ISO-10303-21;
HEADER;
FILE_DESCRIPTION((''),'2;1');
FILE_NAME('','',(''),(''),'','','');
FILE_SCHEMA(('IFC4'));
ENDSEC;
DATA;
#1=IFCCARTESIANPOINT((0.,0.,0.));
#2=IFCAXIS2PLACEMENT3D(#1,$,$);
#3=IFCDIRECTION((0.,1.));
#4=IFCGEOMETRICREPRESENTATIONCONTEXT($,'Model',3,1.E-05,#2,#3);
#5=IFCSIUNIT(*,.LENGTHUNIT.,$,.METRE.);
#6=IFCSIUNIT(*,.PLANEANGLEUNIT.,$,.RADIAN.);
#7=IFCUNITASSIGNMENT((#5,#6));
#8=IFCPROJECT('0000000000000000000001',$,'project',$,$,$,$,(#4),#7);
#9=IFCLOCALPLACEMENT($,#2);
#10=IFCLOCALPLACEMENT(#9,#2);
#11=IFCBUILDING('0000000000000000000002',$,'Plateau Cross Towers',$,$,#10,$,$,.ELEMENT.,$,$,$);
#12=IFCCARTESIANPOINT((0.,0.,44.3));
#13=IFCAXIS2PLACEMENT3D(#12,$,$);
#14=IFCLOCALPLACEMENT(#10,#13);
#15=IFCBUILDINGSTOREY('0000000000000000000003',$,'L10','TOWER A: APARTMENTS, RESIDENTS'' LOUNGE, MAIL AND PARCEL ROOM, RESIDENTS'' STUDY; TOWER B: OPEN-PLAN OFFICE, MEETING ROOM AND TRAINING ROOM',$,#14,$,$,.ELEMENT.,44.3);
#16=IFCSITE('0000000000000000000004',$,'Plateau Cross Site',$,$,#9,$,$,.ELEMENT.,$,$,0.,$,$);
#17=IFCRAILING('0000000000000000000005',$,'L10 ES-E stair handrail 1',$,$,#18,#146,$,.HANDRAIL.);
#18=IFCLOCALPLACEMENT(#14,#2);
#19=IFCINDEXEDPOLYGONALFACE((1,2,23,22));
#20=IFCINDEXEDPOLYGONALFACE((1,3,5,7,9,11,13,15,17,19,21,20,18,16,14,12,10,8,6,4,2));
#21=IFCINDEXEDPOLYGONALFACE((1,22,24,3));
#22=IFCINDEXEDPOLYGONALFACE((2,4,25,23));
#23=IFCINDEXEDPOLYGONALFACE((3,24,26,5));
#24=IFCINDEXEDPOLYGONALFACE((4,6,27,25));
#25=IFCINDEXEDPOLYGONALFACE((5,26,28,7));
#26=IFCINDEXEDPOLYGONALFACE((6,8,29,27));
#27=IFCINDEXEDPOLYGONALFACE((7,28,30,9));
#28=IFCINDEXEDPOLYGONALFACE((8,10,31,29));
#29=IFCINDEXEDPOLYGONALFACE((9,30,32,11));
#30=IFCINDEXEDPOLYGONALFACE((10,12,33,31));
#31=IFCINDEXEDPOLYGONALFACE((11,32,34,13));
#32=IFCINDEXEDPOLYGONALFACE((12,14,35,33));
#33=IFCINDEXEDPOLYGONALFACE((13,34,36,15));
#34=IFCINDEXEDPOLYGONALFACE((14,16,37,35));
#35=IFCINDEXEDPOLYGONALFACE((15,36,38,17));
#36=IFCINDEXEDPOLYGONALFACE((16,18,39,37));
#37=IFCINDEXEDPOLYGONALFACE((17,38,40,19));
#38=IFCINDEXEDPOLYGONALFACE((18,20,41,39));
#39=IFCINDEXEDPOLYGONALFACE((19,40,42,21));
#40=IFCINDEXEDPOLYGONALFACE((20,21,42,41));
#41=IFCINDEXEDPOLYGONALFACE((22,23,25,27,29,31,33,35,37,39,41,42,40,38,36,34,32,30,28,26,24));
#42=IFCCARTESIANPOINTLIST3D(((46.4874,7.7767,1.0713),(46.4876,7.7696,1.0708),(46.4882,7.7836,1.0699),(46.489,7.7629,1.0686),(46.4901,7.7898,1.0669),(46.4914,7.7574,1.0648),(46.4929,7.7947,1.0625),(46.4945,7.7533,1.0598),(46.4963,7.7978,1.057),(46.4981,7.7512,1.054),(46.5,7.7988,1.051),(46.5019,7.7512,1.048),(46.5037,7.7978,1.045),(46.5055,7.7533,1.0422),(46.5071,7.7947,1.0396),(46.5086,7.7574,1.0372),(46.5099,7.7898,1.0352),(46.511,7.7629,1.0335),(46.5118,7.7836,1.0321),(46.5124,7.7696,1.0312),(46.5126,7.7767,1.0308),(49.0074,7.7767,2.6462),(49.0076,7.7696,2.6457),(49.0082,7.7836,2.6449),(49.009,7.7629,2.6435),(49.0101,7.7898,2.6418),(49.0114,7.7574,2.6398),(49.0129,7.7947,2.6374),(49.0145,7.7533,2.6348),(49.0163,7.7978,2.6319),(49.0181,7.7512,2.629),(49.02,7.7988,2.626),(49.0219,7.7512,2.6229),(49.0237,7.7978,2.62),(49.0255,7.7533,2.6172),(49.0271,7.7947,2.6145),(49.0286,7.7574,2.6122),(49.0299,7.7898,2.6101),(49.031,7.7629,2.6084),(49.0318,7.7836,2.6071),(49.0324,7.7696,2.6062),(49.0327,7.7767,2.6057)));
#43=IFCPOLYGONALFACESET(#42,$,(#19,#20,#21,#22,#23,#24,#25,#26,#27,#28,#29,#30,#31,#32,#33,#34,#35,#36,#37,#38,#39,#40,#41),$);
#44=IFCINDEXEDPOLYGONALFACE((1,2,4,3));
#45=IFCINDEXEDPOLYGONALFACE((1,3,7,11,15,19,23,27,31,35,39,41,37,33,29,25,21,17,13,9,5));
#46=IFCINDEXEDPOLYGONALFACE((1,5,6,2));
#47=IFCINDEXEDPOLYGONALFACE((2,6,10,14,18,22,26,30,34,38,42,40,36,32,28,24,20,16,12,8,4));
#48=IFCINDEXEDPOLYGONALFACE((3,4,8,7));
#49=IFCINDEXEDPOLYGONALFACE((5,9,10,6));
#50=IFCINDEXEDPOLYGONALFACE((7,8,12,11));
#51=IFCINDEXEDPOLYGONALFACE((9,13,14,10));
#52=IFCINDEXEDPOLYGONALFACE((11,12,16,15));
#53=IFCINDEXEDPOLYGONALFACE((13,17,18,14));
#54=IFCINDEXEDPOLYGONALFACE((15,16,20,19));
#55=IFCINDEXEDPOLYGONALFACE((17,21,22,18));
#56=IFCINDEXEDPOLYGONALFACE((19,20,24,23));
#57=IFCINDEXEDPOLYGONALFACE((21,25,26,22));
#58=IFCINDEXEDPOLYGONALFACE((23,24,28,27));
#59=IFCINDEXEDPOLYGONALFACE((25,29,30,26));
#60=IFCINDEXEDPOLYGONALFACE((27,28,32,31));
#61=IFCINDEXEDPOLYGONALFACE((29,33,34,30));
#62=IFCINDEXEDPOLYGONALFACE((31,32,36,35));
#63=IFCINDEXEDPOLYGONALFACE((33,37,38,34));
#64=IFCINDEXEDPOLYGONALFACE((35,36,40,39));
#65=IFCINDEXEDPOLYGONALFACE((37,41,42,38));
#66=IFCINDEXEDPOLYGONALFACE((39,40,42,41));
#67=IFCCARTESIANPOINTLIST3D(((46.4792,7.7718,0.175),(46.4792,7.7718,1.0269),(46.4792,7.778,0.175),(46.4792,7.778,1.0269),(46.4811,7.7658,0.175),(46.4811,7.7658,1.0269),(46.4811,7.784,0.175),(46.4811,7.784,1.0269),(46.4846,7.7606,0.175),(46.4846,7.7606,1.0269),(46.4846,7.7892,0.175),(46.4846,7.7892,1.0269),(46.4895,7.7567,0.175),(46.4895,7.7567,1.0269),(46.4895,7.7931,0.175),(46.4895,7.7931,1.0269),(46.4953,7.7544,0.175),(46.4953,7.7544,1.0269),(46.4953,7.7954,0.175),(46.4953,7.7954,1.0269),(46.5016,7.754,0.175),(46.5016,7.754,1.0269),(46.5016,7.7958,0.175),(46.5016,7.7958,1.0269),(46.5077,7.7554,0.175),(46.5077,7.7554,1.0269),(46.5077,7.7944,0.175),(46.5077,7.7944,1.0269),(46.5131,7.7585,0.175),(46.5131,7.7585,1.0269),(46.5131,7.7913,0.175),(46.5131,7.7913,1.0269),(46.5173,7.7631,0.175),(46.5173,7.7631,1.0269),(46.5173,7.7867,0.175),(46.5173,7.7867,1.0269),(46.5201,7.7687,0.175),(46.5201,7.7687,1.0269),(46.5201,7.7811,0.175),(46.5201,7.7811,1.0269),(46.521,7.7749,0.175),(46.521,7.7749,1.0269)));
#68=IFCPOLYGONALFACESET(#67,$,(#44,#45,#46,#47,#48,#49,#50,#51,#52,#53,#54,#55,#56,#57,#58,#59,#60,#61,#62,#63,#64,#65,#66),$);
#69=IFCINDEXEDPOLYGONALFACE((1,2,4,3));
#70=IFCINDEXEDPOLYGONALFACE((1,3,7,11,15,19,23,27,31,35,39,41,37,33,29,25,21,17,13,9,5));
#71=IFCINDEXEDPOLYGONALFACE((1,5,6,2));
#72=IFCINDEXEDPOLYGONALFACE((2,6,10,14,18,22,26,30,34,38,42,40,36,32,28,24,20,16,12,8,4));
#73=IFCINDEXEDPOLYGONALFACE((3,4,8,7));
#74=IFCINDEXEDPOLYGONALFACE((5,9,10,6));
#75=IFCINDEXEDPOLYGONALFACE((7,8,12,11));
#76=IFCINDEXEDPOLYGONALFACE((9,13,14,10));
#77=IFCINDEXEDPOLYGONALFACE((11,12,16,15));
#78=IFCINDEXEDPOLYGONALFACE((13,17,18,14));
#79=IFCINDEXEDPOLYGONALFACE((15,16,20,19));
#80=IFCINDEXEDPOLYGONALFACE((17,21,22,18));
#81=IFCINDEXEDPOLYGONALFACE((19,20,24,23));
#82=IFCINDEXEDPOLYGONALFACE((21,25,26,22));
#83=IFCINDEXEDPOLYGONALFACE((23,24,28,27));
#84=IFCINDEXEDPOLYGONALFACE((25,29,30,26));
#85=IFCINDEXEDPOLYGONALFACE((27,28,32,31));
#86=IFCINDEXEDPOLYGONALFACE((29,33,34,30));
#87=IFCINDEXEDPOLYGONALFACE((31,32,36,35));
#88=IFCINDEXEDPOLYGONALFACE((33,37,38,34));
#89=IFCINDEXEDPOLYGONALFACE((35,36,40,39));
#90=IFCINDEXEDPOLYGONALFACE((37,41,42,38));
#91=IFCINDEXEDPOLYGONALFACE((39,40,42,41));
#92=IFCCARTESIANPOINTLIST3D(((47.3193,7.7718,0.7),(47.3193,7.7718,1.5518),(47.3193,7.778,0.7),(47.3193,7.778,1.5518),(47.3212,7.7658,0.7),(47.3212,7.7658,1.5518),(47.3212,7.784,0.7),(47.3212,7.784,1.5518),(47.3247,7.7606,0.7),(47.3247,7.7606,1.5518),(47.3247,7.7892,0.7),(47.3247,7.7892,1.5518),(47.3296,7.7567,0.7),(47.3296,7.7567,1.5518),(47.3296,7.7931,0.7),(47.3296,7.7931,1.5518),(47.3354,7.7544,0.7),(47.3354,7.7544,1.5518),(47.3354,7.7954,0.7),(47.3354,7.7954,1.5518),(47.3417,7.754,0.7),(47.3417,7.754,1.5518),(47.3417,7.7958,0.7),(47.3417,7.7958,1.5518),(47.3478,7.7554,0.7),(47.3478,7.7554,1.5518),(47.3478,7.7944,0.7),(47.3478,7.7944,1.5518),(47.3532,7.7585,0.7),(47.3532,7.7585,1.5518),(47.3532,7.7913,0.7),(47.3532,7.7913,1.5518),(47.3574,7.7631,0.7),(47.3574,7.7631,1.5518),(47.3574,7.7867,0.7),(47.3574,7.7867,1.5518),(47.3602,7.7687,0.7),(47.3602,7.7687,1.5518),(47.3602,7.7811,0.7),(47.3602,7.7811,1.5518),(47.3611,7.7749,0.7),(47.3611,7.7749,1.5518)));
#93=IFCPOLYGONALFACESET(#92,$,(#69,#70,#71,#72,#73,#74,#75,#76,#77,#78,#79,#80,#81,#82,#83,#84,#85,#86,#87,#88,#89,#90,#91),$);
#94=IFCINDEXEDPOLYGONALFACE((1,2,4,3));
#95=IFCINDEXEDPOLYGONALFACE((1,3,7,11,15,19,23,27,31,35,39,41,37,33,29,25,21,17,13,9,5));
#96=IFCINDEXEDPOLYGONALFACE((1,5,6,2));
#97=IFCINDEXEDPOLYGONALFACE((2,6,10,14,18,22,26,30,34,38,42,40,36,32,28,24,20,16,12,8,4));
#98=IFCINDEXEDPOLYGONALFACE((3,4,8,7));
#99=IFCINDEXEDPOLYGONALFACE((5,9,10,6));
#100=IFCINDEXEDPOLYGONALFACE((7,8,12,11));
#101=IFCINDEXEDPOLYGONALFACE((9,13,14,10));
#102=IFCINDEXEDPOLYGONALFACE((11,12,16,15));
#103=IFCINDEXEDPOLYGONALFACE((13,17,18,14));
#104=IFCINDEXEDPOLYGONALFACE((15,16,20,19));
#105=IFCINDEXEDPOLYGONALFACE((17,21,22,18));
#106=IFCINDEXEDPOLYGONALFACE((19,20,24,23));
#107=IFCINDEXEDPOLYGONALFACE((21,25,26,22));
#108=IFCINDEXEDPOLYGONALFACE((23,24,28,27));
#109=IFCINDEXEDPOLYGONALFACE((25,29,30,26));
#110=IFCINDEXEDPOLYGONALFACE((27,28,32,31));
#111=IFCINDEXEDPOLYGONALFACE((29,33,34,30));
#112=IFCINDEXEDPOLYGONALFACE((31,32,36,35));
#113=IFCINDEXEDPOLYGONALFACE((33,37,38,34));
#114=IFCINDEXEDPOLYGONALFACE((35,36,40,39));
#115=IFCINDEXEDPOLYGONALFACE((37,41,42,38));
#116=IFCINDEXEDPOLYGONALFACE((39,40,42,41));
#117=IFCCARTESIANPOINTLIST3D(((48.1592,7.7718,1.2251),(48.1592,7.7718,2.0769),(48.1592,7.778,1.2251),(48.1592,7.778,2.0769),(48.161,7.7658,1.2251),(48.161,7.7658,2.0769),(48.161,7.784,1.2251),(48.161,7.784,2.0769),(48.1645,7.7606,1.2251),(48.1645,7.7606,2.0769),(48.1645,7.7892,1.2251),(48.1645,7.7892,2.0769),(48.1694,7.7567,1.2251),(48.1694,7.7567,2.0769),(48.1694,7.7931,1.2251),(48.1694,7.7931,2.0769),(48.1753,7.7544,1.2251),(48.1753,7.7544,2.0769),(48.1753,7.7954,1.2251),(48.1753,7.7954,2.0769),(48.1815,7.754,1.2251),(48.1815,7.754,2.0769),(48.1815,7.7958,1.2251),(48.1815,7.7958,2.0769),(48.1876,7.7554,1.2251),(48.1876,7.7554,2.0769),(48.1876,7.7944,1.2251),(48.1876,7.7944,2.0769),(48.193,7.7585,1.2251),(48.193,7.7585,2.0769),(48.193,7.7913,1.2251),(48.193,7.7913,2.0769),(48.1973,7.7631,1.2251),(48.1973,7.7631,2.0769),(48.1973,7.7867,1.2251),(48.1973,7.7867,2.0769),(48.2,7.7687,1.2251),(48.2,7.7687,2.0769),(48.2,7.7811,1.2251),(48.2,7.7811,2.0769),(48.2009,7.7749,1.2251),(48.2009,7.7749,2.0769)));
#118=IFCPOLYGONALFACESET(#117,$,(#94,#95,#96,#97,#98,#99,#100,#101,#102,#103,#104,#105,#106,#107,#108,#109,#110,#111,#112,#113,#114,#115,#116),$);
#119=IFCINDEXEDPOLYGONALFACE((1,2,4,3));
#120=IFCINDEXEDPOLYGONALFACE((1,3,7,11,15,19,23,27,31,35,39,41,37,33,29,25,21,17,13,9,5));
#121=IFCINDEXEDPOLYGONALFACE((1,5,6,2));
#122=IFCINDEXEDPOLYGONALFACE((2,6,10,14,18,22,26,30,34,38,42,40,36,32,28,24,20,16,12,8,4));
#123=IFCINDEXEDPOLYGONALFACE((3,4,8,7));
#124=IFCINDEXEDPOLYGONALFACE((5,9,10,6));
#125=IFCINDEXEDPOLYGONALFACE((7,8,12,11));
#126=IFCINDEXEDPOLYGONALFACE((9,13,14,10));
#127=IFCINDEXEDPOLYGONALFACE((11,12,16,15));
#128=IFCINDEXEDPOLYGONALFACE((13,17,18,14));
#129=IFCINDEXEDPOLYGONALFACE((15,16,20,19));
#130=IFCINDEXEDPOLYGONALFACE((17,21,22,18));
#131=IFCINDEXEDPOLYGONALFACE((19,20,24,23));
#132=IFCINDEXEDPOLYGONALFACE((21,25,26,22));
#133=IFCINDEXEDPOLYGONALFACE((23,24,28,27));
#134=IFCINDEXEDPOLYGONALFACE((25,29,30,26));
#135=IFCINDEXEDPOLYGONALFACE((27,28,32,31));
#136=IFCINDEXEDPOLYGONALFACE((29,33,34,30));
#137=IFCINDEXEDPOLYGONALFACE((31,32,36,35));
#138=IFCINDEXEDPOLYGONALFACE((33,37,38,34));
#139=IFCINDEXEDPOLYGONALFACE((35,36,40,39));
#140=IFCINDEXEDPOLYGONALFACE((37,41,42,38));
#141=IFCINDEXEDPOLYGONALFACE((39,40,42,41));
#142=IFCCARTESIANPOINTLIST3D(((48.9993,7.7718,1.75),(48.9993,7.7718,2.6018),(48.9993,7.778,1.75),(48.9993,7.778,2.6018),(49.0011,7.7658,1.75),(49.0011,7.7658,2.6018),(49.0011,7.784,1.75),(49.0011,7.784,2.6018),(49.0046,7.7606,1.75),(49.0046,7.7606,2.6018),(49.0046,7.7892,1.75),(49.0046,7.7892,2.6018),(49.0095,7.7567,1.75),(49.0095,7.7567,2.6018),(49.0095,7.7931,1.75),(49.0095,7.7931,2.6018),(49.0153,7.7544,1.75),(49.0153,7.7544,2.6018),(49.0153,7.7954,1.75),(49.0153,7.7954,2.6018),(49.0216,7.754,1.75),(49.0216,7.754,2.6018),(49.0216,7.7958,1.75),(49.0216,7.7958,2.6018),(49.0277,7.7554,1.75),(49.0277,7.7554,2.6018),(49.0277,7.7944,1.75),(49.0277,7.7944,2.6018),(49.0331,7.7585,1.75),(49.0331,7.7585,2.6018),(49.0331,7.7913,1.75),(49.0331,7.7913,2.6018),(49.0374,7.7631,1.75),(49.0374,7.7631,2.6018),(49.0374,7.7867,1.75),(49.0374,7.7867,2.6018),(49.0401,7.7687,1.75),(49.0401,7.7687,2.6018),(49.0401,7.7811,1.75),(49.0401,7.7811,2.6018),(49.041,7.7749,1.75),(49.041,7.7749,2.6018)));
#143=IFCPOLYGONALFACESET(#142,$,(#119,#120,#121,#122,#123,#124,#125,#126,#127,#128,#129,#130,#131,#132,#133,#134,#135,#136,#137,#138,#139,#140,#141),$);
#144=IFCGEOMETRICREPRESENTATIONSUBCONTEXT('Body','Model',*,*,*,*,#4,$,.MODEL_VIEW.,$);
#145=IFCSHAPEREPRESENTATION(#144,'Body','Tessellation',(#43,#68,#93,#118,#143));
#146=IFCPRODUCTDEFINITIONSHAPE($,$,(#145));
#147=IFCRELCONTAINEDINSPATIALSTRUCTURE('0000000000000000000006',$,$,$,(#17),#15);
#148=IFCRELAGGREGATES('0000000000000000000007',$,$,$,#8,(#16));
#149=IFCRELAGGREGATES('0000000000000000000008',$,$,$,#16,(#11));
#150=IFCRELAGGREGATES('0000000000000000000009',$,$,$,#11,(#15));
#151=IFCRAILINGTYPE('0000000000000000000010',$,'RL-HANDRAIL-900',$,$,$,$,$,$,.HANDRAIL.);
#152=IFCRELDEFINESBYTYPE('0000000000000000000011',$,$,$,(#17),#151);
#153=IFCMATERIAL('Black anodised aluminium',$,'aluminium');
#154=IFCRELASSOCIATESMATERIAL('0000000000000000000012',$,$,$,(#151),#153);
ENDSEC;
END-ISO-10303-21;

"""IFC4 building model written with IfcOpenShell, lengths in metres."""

from ifc_helpers import new_model, si_unit, direction, frame, origin, origin_2d, place, context, subcontext, project, spatial, circle, extrude, material, type_object, element, save


model = new_model("IFC4")

# Units and contexts
model_context = context("Model", 3, precision=1e-05, world=origin(), true_north=direction((0.0, 1.0)))
body_context = subcontext(model_context, "Body", "Model", "MODEL_VIEW")
ifc_project = project(units=[si_unit("LENGTHUNIT", "METRE"), si_unit("PLANEANGLEUNIT", "RADIAN")], contexts=[model_context])

# Site, building, storey
site_placement = place(None, origin())
site = spatial("IfcSite", under=ifc_project, at=site_placement, Name="Plateau Cross Site", CompositionType="ELEMENT", RefElevation=0.0)
building_placement = place(site_placement, origin())
building = spatial("IfcBuilding", under=site, at=building_placement, Name="Plateau Cross Towers", CompositionType="ELEMENT")
storey_placement = place(building_placement, frame((0.0, 0.0, 44.3)))
storey = spatial("IfcBuildingStorey", under=building, at=storey_placement, Name="L10", Description="TOWER A: APARTMENTS, RESIDENTS' LOUNGE, MAIL AND PARCEL ROOM, RESIDENTS' STUDY; TOWER B: OPEN-PLAN OFFICE, MEETING ROOM AND TRAINING ROOM", CompositionType="ELEMENT", Elevation=44.3)

# Shared definitions
ifc_material_1 = material(Name="Black anodised aluminium", Category="aluminium")

# Railing
railing_type_1 = type_object("IfcRailingType", Name="RL-HANDRAIL-900", PredefinedType="HANDRAIL", material=ifc_material_1)
railing_1_placement = place(storey_placement, frame((46.5, 7.7749, 0.175)))
element("IfcRailing", 1, at=railing_1_placement, inside=storey, type_object=railing_type_1, Name="L10 ES-E stair handrail 1", PredefinedType="HANDRAIL", context=body_context, shape_type="SweptSolid", body=[
    extrude(circle(Radius=0.0239, at=origin_2d()), frame((0.0, 0.0, 0.876), z_axis=(0.848008, 0.0, 0.529984), x_axis=(0.0, 1.0, 0.0)), (0.0, 0.0, 1.0), 2.9717),
    extrude(circle(Radius=0.021, at=origin_2d()), origin(), (0.0, 0.0, 1.0), 0.8518),
    extrude(circle(Radius=0.021, at=origin_2d()), frame((0.8401, 0.0, 0.5249)), (0.0, 0.0, 1.0), 0.8518),
    extrude(circle(Radius=0.021, at=origin_2d()), frame((1.6799, 0.0, 1.05)), (0.0, 0.0, 1.0), 0.8518),
    extrude(circle(Radius=0.021, at=origin_2d()), frame((2.52, 0.0, 1.575)), (0.0, 0.0, 1.0), 0.8518),
])

save(model, "model.ifc")
